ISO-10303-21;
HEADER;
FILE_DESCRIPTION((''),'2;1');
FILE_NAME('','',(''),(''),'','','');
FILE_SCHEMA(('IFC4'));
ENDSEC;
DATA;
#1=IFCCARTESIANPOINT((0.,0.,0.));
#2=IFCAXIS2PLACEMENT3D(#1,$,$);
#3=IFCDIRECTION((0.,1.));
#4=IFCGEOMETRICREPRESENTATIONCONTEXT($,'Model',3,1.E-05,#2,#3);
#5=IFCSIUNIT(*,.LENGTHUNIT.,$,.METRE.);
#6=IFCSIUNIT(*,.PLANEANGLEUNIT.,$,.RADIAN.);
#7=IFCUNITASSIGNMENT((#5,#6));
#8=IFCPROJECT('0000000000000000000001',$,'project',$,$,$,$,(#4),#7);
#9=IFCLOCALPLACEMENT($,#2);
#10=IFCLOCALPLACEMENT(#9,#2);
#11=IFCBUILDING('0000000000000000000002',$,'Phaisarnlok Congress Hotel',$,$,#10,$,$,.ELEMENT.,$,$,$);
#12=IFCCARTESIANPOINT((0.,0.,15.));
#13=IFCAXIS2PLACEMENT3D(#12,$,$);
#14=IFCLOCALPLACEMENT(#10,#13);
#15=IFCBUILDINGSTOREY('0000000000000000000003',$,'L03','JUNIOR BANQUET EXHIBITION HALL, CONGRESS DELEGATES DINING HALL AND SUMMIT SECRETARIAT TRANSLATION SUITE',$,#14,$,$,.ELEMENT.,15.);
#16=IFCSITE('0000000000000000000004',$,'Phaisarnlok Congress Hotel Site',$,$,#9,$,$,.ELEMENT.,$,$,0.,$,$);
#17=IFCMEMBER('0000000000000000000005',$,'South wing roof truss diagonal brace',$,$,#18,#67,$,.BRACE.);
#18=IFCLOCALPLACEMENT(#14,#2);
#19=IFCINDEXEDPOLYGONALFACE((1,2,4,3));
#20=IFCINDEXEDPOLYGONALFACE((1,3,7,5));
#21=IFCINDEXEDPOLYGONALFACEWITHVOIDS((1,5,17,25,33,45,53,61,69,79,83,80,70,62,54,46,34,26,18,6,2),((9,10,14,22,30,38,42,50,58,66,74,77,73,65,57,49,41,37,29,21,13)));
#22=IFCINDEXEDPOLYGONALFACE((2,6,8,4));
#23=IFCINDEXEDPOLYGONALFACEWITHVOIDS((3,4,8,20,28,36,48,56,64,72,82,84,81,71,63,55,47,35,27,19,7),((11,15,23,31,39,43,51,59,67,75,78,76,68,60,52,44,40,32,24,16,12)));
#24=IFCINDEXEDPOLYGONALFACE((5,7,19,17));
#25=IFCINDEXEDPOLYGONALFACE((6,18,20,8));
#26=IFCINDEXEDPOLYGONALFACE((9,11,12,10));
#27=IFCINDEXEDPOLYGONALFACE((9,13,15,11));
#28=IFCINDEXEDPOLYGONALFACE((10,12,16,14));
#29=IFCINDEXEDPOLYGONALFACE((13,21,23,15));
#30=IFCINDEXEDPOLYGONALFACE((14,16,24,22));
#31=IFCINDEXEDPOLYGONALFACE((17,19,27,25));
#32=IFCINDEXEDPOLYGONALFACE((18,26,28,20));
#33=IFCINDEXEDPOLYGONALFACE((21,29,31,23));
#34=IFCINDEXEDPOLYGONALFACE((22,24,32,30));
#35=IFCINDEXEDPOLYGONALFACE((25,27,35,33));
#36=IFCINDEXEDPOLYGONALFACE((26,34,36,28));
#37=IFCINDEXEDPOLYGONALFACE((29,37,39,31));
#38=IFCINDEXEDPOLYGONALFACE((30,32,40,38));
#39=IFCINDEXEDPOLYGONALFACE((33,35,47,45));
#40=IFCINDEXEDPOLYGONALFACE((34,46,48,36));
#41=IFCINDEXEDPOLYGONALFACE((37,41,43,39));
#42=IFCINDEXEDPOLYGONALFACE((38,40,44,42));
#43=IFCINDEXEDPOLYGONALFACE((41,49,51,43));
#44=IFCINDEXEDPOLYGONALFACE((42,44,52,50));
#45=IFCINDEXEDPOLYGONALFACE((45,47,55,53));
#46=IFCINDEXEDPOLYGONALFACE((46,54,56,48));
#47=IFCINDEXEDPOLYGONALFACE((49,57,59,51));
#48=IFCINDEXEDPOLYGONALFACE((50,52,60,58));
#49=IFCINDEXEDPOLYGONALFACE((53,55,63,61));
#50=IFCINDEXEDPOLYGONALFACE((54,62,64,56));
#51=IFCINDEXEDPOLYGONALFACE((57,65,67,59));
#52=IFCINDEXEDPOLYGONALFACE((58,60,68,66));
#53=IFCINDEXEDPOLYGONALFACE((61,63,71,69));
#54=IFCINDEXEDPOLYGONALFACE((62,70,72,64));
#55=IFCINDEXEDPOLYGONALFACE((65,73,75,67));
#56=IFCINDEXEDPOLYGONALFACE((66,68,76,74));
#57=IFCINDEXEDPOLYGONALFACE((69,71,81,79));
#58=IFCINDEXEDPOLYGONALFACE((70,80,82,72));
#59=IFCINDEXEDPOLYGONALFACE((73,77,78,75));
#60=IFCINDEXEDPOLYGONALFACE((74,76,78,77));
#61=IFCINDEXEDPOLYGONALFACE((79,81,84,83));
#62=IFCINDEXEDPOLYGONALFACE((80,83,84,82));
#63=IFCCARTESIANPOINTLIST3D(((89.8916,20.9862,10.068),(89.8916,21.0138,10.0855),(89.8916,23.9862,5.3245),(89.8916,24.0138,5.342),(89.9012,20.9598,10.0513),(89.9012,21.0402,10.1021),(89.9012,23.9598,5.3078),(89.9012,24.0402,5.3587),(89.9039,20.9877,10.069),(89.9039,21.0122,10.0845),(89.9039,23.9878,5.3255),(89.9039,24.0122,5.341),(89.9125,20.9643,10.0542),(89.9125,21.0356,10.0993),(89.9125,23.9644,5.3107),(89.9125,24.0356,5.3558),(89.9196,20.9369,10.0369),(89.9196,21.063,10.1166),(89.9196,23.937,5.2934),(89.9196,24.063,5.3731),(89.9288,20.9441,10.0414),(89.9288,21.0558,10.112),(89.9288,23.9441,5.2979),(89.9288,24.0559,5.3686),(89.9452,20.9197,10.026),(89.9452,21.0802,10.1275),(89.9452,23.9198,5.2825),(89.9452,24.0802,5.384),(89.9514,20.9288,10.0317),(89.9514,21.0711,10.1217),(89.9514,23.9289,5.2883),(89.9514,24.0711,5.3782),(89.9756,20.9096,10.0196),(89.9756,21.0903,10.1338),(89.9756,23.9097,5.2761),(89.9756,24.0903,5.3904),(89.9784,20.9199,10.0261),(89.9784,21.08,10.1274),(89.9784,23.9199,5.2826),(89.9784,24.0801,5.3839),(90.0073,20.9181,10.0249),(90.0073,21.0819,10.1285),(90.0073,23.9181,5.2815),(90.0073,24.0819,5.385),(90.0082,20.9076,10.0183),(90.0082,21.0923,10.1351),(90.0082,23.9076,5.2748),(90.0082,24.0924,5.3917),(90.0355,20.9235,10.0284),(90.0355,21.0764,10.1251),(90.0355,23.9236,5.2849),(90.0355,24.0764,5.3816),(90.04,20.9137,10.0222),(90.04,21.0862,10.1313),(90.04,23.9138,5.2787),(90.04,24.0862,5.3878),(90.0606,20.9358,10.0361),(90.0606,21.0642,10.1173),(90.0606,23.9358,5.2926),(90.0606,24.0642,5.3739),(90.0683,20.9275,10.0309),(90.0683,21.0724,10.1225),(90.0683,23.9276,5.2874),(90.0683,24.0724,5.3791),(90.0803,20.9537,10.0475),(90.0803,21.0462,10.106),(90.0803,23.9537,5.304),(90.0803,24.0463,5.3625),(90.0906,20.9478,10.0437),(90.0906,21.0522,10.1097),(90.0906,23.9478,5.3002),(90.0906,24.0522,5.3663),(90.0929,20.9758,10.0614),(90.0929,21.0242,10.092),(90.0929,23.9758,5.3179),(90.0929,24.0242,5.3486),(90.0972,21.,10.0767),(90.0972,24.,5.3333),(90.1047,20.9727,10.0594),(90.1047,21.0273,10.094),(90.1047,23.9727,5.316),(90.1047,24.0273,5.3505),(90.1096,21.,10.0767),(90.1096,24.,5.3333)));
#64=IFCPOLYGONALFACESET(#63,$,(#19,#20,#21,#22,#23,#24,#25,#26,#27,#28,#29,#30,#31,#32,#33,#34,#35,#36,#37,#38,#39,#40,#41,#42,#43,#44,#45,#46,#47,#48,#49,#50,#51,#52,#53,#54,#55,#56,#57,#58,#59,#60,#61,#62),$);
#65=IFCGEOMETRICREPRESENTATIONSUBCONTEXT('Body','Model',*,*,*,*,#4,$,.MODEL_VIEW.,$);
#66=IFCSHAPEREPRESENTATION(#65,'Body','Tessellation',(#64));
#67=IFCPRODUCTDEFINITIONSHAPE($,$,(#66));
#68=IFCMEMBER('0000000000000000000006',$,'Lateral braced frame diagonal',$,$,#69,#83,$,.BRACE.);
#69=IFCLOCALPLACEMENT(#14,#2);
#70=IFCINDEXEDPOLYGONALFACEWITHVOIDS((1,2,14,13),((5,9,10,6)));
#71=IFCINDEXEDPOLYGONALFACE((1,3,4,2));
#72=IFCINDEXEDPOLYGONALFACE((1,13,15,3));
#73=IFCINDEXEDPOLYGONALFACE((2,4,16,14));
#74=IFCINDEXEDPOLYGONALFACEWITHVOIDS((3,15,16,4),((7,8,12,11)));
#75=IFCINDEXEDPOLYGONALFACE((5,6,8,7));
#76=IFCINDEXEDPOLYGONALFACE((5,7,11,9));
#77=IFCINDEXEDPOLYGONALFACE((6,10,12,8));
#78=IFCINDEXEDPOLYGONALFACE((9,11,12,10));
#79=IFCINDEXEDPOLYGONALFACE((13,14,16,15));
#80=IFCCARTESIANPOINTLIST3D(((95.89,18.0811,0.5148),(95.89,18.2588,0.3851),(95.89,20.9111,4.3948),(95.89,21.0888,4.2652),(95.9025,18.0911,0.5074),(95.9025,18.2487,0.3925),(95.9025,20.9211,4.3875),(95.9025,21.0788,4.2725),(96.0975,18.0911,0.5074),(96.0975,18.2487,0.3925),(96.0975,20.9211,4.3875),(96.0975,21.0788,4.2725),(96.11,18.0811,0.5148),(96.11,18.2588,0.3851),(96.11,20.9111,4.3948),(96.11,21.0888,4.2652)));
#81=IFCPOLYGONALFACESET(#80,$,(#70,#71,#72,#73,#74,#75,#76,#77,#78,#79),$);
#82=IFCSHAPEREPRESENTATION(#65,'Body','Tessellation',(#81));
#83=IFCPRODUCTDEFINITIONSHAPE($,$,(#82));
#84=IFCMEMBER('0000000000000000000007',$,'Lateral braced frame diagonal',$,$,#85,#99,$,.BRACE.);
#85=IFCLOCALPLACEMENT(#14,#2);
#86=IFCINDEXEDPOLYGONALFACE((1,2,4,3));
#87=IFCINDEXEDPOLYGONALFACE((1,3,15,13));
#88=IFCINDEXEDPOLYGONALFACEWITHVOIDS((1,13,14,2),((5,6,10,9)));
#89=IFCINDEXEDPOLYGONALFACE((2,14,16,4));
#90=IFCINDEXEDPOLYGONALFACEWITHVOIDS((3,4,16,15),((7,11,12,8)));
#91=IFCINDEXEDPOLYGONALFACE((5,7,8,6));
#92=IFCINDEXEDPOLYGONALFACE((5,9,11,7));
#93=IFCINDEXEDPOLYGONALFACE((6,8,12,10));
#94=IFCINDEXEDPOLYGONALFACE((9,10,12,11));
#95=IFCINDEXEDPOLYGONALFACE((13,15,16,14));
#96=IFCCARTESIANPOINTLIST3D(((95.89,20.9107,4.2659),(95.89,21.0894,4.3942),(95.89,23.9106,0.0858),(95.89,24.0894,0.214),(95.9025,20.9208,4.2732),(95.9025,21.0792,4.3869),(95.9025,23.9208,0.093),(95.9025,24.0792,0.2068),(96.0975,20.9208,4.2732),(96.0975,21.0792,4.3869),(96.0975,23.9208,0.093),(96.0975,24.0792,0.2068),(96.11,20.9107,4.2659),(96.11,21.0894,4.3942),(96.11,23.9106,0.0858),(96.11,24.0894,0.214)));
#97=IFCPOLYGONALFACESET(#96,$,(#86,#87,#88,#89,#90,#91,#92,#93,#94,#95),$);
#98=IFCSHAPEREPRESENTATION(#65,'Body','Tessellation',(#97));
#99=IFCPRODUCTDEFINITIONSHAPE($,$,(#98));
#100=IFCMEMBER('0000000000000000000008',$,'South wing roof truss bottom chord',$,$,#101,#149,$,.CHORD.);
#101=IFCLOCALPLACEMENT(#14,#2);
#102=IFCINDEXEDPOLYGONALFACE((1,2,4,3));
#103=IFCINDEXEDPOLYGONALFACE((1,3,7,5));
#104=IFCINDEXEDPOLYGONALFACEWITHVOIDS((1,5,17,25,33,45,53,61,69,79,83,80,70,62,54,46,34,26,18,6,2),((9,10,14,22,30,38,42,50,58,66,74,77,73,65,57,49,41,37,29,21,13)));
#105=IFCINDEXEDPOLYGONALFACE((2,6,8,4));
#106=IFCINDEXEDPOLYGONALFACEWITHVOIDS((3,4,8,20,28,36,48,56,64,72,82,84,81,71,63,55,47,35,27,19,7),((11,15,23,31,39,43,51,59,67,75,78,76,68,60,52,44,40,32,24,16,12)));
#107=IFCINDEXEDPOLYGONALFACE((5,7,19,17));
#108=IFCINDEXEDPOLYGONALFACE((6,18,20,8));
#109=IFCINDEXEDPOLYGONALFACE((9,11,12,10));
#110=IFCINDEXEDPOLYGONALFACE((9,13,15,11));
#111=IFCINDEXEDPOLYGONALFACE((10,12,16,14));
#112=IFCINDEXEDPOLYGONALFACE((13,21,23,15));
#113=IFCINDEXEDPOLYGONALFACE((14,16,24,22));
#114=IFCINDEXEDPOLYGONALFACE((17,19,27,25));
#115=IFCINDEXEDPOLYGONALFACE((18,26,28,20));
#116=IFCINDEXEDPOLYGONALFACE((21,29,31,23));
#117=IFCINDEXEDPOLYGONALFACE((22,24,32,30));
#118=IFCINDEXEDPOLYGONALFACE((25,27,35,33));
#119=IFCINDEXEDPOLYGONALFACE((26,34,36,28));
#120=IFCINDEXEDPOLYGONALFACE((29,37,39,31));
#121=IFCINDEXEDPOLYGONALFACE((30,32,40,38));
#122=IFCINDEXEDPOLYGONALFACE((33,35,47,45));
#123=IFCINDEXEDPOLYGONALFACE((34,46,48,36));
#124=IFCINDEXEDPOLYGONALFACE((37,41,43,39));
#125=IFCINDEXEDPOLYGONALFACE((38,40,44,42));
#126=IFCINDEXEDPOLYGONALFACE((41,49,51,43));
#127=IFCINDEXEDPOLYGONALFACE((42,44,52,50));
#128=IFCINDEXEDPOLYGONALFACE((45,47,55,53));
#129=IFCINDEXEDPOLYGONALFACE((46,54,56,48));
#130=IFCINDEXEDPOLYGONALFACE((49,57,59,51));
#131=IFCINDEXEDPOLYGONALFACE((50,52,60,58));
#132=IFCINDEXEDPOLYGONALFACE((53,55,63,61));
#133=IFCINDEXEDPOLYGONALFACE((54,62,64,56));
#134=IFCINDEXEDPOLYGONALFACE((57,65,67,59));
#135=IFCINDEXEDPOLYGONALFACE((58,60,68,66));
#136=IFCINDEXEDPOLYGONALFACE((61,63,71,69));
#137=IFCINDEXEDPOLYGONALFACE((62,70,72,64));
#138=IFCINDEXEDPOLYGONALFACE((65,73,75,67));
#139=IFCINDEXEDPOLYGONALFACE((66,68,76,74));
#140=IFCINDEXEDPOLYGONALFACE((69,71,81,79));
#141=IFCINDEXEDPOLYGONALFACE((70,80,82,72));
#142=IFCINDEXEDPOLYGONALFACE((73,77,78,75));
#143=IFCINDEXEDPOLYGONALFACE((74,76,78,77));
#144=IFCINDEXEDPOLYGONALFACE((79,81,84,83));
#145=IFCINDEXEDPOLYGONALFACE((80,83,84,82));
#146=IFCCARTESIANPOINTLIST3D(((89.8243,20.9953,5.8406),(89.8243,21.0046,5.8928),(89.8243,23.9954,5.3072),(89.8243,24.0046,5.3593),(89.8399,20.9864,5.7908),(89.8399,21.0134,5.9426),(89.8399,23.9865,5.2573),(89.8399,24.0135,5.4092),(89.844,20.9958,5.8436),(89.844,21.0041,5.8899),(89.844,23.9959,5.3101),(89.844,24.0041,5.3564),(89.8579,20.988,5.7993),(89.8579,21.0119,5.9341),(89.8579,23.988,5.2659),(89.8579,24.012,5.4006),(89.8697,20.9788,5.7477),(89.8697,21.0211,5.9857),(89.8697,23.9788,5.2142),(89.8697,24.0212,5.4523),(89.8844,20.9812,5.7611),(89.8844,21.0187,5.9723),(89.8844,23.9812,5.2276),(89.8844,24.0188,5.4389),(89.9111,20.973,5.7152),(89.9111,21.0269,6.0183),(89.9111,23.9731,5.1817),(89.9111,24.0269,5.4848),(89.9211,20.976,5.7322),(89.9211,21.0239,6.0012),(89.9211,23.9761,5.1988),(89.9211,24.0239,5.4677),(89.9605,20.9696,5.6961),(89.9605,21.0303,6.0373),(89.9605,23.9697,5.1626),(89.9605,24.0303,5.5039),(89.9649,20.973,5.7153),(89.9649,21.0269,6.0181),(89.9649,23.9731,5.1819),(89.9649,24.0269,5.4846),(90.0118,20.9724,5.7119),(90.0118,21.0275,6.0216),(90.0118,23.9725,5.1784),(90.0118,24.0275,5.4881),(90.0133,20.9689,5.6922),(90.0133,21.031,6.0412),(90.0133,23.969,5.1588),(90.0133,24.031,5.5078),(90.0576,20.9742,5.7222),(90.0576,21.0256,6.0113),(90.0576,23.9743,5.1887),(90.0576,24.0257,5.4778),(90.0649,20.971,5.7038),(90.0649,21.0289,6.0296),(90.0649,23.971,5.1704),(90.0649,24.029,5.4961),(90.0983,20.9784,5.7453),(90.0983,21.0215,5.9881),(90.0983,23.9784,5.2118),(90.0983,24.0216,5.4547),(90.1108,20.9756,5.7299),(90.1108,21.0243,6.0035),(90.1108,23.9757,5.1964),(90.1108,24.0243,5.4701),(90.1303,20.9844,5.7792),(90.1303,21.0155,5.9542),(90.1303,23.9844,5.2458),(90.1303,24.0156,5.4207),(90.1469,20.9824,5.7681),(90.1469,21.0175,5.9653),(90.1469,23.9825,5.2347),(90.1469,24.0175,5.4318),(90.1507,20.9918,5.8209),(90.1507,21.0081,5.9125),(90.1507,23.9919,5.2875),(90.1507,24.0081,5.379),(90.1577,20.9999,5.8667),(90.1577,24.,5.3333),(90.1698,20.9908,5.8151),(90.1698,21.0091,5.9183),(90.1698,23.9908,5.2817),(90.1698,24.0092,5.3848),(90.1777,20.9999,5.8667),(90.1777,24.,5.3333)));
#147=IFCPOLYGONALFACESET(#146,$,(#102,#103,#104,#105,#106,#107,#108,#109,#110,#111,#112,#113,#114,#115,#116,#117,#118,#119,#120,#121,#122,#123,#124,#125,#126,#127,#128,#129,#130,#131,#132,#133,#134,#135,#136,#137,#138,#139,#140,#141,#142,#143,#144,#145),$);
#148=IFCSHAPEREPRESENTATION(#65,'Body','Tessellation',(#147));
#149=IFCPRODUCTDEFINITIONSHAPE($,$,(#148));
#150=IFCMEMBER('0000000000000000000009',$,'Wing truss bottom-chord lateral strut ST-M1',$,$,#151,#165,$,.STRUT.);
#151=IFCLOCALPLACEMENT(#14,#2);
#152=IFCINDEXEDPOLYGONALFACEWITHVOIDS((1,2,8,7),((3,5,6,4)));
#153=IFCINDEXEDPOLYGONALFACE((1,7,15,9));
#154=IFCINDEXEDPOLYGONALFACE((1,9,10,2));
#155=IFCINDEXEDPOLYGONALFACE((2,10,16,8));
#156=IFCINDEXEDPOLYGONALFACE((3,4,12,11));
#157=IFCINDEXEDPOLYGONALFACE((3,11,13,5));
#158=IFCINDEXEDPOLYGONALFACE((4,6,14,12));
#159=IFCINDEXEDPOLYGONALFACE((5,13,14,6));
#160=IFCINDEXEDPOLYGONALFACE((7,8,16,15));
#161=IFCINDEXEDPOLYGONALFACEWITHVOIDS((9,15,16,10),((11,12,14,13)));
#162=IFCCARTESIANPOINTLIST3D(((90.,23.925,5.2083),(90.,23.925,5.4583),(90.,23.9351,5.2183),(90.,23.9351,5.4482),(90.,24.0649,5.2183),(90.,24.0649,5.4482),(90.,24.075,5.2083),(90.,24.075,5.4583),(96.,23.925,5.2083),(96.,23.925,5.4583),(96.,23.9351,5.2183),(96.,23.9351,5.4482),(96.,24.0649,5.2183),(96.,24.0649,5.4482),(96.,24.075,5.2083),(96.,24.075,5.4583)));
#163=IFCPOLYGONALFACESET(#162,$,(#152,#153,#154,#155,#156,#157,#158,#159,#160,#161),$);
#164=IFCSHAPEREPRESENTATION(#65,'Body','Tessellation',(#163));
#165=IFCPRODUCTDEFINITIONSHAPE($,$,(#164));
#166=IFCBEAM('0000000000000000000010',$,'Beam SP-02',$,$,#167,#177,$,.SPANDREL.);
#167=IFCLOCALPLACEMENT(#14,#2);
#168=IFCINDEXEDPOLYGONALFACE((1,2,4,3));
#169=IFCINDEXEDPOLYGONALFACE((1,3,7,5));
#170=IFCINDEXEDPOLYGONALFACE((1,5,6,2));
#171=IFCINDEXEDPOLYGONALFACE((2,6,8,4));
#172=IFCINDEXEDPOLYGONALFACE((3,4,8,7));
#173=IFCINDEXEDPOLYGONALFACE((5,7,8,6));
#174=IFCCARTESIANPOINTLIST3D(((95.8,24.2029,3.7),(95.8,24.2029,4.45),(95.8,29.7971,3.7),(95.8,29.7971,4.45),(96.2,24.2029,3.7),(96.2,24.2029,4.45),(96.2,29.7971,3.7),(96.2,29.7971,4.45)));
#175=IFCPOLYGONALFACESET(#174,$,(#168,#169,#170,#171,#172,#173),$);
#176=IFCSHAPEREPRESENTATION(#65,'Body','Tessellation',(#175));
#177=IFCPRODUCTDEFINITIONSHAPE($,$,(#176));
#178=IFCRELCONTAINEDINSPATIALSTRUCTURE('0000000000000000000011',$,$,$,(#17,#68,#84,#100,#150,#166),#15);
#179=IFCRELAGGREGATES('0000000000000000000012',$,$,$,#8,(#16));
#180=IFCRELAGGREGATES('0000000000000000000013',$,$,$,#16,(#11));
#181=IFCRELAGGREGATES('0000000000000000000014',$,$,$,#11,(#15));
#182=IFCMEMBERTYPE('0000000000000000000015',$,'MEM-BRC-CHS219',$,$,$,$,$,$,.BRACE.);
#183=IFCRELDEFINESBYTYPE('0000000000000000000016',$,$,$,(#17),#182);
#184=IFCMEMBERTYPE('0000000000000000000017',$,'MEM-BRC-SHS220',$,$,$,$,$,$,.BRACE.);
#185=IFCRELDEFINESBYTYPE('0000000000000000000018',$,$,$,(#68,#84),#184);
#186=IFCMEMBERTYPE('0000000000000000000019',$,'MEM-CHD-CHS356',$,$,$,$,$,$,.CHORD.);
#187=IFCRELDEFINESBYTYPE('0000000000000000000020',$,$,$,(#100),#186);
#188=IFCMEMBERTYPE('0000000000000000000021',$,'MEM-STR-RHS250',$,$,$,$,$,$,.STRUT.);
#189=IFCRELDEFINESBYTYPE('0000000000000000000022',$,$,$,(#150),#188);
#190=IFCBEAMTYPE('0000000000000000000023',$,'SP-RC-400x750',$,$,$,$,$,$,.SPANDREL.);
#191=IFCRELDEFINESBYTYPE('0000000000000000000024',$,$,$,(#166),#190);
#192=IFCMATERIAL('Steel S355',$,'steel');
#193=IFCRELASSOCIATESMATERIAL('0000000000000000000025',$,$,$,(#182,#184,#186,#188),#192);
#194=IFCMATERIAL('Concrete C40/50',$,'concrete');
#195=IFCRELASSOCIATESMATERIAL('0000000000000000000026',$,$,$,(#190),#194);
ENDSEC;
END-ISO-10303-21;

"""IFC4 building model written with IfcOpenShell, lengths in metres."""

from ifc_helpers import new_model, si_unit, direction, frame, origin, origin_2d, place, context, subcontext, project, spatial, rectangle, hollow_rectangle, hollow_circle, extrude, material, material_profile, profile_set, type_object, element, save


model = new_model("IFC4")

# Units and contexts
model_context = context("Model", 3, precision=1e-05, world=origin(), true_north=direction((0.0, 1.0)))
body_context = subcontext(model_context, "Body", "Model", "MODEL_VIEW")
ifc_project = project(units=[si_unit("LENGTHUNIT", "METRE"), si_unit("PLANEANGLEUNIT", "RADIAN")], contexts=[model_context])

# Site, building, storey
site_placement = place(None, origin())
site = spatial("IfcSite", under=ifc_project, at=site_placement, Name="Phaisarnlok Congress Hotel Site", CompositionType="ELEMENT", RefElevation=0.0)
building_placement = place(site_placement, origin())
building = spatial("IfcBuilding", under=site, at=building_placement, Name="Phaisarnlok Congress Hotel", CompositionType="ELEMENT")
storey_placement = place(building_placement, frame((0.0, 0.0, 15.0)))
storey = spatial("IfcBuildingStorey", under=building, at=storey_placement, Name="L03", Description="JUNIOR BANQUET EXHIBITION HALL, CONGRESS DELEGATES DINING HALL AND SUMMIT SECRETARIAT TRANSLATION SUITE", CompositionType="ELEMENT", Elevation=15.0)

# Shared definitions
ifc_material_1 = material(Name="Steel S355", Category="steel")

# Members
ifc_material_profile_1 = material_profile(ifc_material_1, hollow_circle(Radius=0.1096, WallThickness=0.0125, at=origin_2d()), Name="CHS 219.1x12.5")
ifc_profile_set_1 = profile_set([ifc_material_profile_1], Name="Steel S355")
member_type_1 = type_object("IfcMemberType", Name="MEM-BRC-CHS219", PredefinedType="BRACE", material=ifc_profile_set_1)
member_1_placement = place(storey_placement, frame((90.0, 24.0, 5.3333), z_axis=(0.0, -0.534523, 0.845154), x_axis=(1.0, 0.0, 0.0)))
element("IfcMember", 1, at=member_1_placement, inside=storey, type_object=member_type_1, Name="South wing roof truss diagonal brace", PredefinedType="BRACE", context=body_context, shape_type="SweptSolid", body=[
    extrude(hollow_circle(Radius=0.1096, WallThickness=0.0125, at=origin_2d()), origin(), (0.0, 0.0, 1.0), 5.6125),
])
ifc_material_profile_2 = material_profile(ifc_material_1, hollow_rectangle(XDim=0.22, YDim=0.22, WallThickness=0.0125, at=origin_2d()), Name="SHS 220x220x12.5")
ifc_profile_set_2 = profile_set([ifc_material_profile_2], Name="Steel S355")
member_type_2 = type_object("IfcMemberType", Name="MEM-BRC-SHS220", PredefinedType="BRACE", material=ifc_profile_set_2)
member_2_placement = place(storey_placement, frame((96.0, 18.1699, 0.45), z_axis=(0.0, 0.589283, 0.807926), x_axis=(-1.0, 0.0, 0.0)))
element("IfcMember", 2, at=member_2_placement, inside=storey, type_object=member_type_2, Name="Lateral braced frame diagonal", PredefinedType="BRACE", context=body_context, shape_type="SweptSolid", body=[
    extrude(hollow_rectangle(XDim=0.22, YDim=0.22, WallThickness=0.0125, at=origin_2d()), origin(), (0.0, 0.0, 1.0), 4.8025),
])
member_3_placement = place(storey_placement, frame((96.0, 24.0, 0.1499), z_axis=(0.0, -0.583059, 0.81243), x_axis=(1.0, 0.0, 0.0)))
element("IfcMember", 3, at=member_3_placement, inside=storey, type_object=member_type_2, Name="Lateral braced frame diagonal", PredefinedType="BRACE", context=body_context, shape_type="SweptSolid", body=[
    extrude(hollow_rectangle(XDim=0.22, YDim=0.22, WallThickness=0.0125, at=origin_2d()), origin(), (0.0, 0.0, 1.0), 5.1453),
])
ifc_material_profile_3 = material_profile(ifc_material_1, hollow_circle(Radius=0.1777, WallThickness=0.02, at=origin_2d()), Name="CHS 355.6x20")
ifc_profile_set_3 = profile_set([ifc_material_profile_3], Name="Steel S355")
member_type_3 = type_object("IfcMemberType", Name="MEM-CHD-CHS356", PredefinedType="CHORD", material=ifc_profile_set_3)
member_4_placement = place(storey_placement, frame((90.0, 24.0, 5.3333), z_axis=(0.0, -0.984556, 0.17507), x_axis=(1.0, 0.0, 0.0)))
element("IfcMember", 4, at=member_4_placement, inside=storey, type_object=member_type_3, Name="South wing roof truss bottom chord", PredefinedType="CHORD", context=body_context, shape_type="SweptSolid", body=[
    extrude(hollow_circle(Radius=0.1777, WallThickness=0.02, at=origin_2d()), origin(), (0.0, 0.0, 1.0), 3.0471),
])
ifc_material_profile_4 = material_profile(ifc_material_1, hollow_rectangle(XDim=0.1499, YDim=0.25, WallThickness=0.01, at=origin_2d()), Name="RHS 250x150x10")
ifc_profile_set_4 = profile_set([ifc_material_profile_4], Name="Steel S355")
member_type_4 = type_object("IfcMemberType", Name="MEM-STR-RHS250", PredefinedType="STRUT", material=ifc_profile_set_4)
member_5_placement = place(storey_placement, frame((90.0, 24.0, 5.3333), z_axis=(1.0, 0.0, 0.0), x_axis=(0.0, 1.0, 0.0)))
element("IfcMember", 5, at=member_5_placement, inside=storey, type_object=member_type_4, Name="Wing truss bottom-chord lateral strut ST-M1", PredefinedType="STRUT", context=body_context, shape_type="SweptSolid", body=[
    extrude(hollow_rectangle(XDim=0.1499, YDim=0.25, WallThickness=0.01, at=origin_2d()), origin(), (0.0, 0.0, 1.0), 6.0),
])

# Beam
ifc_material_2 = material(Name="Concrete C40/50", Category="concrete")
ifc_material_profile_5 = material_profile(ifc_material_2, rectangle(XDim=0.3999, YDim=0.75, at=origin_2d()), Name="RC 400x750")
ifc_profile_set_5 = profile_set([ifc_material_profile_5], Name="Concrete C40/50")
beam_type = type_object("IfcBeamType", Name="SP-RC-400x750", PredefinedType="SPANDREL", material=ifc_profile_set_5)
beam_placement = place(storey_placement, frame((96.0, 24.2029, 4.075), z_axis=(0.0, 1.0, 0.0), x_axis=(-1.0, 0.0, 0.0)))
element("IfcBeam", 6, at=beam_placement, inside=storey, type_object=beam_type, Name="Beam SP-02", PredefinedType="SPANDREL", context=body_context, shape_type="SweptSolid", body=[
    extrude(rectangle(XDim=0.3999, YDim=0.75, at=origin_2d()), origin(), (0.0, 0.0, 1.0), 5.5942),
])

save(model, "model.ifc")
